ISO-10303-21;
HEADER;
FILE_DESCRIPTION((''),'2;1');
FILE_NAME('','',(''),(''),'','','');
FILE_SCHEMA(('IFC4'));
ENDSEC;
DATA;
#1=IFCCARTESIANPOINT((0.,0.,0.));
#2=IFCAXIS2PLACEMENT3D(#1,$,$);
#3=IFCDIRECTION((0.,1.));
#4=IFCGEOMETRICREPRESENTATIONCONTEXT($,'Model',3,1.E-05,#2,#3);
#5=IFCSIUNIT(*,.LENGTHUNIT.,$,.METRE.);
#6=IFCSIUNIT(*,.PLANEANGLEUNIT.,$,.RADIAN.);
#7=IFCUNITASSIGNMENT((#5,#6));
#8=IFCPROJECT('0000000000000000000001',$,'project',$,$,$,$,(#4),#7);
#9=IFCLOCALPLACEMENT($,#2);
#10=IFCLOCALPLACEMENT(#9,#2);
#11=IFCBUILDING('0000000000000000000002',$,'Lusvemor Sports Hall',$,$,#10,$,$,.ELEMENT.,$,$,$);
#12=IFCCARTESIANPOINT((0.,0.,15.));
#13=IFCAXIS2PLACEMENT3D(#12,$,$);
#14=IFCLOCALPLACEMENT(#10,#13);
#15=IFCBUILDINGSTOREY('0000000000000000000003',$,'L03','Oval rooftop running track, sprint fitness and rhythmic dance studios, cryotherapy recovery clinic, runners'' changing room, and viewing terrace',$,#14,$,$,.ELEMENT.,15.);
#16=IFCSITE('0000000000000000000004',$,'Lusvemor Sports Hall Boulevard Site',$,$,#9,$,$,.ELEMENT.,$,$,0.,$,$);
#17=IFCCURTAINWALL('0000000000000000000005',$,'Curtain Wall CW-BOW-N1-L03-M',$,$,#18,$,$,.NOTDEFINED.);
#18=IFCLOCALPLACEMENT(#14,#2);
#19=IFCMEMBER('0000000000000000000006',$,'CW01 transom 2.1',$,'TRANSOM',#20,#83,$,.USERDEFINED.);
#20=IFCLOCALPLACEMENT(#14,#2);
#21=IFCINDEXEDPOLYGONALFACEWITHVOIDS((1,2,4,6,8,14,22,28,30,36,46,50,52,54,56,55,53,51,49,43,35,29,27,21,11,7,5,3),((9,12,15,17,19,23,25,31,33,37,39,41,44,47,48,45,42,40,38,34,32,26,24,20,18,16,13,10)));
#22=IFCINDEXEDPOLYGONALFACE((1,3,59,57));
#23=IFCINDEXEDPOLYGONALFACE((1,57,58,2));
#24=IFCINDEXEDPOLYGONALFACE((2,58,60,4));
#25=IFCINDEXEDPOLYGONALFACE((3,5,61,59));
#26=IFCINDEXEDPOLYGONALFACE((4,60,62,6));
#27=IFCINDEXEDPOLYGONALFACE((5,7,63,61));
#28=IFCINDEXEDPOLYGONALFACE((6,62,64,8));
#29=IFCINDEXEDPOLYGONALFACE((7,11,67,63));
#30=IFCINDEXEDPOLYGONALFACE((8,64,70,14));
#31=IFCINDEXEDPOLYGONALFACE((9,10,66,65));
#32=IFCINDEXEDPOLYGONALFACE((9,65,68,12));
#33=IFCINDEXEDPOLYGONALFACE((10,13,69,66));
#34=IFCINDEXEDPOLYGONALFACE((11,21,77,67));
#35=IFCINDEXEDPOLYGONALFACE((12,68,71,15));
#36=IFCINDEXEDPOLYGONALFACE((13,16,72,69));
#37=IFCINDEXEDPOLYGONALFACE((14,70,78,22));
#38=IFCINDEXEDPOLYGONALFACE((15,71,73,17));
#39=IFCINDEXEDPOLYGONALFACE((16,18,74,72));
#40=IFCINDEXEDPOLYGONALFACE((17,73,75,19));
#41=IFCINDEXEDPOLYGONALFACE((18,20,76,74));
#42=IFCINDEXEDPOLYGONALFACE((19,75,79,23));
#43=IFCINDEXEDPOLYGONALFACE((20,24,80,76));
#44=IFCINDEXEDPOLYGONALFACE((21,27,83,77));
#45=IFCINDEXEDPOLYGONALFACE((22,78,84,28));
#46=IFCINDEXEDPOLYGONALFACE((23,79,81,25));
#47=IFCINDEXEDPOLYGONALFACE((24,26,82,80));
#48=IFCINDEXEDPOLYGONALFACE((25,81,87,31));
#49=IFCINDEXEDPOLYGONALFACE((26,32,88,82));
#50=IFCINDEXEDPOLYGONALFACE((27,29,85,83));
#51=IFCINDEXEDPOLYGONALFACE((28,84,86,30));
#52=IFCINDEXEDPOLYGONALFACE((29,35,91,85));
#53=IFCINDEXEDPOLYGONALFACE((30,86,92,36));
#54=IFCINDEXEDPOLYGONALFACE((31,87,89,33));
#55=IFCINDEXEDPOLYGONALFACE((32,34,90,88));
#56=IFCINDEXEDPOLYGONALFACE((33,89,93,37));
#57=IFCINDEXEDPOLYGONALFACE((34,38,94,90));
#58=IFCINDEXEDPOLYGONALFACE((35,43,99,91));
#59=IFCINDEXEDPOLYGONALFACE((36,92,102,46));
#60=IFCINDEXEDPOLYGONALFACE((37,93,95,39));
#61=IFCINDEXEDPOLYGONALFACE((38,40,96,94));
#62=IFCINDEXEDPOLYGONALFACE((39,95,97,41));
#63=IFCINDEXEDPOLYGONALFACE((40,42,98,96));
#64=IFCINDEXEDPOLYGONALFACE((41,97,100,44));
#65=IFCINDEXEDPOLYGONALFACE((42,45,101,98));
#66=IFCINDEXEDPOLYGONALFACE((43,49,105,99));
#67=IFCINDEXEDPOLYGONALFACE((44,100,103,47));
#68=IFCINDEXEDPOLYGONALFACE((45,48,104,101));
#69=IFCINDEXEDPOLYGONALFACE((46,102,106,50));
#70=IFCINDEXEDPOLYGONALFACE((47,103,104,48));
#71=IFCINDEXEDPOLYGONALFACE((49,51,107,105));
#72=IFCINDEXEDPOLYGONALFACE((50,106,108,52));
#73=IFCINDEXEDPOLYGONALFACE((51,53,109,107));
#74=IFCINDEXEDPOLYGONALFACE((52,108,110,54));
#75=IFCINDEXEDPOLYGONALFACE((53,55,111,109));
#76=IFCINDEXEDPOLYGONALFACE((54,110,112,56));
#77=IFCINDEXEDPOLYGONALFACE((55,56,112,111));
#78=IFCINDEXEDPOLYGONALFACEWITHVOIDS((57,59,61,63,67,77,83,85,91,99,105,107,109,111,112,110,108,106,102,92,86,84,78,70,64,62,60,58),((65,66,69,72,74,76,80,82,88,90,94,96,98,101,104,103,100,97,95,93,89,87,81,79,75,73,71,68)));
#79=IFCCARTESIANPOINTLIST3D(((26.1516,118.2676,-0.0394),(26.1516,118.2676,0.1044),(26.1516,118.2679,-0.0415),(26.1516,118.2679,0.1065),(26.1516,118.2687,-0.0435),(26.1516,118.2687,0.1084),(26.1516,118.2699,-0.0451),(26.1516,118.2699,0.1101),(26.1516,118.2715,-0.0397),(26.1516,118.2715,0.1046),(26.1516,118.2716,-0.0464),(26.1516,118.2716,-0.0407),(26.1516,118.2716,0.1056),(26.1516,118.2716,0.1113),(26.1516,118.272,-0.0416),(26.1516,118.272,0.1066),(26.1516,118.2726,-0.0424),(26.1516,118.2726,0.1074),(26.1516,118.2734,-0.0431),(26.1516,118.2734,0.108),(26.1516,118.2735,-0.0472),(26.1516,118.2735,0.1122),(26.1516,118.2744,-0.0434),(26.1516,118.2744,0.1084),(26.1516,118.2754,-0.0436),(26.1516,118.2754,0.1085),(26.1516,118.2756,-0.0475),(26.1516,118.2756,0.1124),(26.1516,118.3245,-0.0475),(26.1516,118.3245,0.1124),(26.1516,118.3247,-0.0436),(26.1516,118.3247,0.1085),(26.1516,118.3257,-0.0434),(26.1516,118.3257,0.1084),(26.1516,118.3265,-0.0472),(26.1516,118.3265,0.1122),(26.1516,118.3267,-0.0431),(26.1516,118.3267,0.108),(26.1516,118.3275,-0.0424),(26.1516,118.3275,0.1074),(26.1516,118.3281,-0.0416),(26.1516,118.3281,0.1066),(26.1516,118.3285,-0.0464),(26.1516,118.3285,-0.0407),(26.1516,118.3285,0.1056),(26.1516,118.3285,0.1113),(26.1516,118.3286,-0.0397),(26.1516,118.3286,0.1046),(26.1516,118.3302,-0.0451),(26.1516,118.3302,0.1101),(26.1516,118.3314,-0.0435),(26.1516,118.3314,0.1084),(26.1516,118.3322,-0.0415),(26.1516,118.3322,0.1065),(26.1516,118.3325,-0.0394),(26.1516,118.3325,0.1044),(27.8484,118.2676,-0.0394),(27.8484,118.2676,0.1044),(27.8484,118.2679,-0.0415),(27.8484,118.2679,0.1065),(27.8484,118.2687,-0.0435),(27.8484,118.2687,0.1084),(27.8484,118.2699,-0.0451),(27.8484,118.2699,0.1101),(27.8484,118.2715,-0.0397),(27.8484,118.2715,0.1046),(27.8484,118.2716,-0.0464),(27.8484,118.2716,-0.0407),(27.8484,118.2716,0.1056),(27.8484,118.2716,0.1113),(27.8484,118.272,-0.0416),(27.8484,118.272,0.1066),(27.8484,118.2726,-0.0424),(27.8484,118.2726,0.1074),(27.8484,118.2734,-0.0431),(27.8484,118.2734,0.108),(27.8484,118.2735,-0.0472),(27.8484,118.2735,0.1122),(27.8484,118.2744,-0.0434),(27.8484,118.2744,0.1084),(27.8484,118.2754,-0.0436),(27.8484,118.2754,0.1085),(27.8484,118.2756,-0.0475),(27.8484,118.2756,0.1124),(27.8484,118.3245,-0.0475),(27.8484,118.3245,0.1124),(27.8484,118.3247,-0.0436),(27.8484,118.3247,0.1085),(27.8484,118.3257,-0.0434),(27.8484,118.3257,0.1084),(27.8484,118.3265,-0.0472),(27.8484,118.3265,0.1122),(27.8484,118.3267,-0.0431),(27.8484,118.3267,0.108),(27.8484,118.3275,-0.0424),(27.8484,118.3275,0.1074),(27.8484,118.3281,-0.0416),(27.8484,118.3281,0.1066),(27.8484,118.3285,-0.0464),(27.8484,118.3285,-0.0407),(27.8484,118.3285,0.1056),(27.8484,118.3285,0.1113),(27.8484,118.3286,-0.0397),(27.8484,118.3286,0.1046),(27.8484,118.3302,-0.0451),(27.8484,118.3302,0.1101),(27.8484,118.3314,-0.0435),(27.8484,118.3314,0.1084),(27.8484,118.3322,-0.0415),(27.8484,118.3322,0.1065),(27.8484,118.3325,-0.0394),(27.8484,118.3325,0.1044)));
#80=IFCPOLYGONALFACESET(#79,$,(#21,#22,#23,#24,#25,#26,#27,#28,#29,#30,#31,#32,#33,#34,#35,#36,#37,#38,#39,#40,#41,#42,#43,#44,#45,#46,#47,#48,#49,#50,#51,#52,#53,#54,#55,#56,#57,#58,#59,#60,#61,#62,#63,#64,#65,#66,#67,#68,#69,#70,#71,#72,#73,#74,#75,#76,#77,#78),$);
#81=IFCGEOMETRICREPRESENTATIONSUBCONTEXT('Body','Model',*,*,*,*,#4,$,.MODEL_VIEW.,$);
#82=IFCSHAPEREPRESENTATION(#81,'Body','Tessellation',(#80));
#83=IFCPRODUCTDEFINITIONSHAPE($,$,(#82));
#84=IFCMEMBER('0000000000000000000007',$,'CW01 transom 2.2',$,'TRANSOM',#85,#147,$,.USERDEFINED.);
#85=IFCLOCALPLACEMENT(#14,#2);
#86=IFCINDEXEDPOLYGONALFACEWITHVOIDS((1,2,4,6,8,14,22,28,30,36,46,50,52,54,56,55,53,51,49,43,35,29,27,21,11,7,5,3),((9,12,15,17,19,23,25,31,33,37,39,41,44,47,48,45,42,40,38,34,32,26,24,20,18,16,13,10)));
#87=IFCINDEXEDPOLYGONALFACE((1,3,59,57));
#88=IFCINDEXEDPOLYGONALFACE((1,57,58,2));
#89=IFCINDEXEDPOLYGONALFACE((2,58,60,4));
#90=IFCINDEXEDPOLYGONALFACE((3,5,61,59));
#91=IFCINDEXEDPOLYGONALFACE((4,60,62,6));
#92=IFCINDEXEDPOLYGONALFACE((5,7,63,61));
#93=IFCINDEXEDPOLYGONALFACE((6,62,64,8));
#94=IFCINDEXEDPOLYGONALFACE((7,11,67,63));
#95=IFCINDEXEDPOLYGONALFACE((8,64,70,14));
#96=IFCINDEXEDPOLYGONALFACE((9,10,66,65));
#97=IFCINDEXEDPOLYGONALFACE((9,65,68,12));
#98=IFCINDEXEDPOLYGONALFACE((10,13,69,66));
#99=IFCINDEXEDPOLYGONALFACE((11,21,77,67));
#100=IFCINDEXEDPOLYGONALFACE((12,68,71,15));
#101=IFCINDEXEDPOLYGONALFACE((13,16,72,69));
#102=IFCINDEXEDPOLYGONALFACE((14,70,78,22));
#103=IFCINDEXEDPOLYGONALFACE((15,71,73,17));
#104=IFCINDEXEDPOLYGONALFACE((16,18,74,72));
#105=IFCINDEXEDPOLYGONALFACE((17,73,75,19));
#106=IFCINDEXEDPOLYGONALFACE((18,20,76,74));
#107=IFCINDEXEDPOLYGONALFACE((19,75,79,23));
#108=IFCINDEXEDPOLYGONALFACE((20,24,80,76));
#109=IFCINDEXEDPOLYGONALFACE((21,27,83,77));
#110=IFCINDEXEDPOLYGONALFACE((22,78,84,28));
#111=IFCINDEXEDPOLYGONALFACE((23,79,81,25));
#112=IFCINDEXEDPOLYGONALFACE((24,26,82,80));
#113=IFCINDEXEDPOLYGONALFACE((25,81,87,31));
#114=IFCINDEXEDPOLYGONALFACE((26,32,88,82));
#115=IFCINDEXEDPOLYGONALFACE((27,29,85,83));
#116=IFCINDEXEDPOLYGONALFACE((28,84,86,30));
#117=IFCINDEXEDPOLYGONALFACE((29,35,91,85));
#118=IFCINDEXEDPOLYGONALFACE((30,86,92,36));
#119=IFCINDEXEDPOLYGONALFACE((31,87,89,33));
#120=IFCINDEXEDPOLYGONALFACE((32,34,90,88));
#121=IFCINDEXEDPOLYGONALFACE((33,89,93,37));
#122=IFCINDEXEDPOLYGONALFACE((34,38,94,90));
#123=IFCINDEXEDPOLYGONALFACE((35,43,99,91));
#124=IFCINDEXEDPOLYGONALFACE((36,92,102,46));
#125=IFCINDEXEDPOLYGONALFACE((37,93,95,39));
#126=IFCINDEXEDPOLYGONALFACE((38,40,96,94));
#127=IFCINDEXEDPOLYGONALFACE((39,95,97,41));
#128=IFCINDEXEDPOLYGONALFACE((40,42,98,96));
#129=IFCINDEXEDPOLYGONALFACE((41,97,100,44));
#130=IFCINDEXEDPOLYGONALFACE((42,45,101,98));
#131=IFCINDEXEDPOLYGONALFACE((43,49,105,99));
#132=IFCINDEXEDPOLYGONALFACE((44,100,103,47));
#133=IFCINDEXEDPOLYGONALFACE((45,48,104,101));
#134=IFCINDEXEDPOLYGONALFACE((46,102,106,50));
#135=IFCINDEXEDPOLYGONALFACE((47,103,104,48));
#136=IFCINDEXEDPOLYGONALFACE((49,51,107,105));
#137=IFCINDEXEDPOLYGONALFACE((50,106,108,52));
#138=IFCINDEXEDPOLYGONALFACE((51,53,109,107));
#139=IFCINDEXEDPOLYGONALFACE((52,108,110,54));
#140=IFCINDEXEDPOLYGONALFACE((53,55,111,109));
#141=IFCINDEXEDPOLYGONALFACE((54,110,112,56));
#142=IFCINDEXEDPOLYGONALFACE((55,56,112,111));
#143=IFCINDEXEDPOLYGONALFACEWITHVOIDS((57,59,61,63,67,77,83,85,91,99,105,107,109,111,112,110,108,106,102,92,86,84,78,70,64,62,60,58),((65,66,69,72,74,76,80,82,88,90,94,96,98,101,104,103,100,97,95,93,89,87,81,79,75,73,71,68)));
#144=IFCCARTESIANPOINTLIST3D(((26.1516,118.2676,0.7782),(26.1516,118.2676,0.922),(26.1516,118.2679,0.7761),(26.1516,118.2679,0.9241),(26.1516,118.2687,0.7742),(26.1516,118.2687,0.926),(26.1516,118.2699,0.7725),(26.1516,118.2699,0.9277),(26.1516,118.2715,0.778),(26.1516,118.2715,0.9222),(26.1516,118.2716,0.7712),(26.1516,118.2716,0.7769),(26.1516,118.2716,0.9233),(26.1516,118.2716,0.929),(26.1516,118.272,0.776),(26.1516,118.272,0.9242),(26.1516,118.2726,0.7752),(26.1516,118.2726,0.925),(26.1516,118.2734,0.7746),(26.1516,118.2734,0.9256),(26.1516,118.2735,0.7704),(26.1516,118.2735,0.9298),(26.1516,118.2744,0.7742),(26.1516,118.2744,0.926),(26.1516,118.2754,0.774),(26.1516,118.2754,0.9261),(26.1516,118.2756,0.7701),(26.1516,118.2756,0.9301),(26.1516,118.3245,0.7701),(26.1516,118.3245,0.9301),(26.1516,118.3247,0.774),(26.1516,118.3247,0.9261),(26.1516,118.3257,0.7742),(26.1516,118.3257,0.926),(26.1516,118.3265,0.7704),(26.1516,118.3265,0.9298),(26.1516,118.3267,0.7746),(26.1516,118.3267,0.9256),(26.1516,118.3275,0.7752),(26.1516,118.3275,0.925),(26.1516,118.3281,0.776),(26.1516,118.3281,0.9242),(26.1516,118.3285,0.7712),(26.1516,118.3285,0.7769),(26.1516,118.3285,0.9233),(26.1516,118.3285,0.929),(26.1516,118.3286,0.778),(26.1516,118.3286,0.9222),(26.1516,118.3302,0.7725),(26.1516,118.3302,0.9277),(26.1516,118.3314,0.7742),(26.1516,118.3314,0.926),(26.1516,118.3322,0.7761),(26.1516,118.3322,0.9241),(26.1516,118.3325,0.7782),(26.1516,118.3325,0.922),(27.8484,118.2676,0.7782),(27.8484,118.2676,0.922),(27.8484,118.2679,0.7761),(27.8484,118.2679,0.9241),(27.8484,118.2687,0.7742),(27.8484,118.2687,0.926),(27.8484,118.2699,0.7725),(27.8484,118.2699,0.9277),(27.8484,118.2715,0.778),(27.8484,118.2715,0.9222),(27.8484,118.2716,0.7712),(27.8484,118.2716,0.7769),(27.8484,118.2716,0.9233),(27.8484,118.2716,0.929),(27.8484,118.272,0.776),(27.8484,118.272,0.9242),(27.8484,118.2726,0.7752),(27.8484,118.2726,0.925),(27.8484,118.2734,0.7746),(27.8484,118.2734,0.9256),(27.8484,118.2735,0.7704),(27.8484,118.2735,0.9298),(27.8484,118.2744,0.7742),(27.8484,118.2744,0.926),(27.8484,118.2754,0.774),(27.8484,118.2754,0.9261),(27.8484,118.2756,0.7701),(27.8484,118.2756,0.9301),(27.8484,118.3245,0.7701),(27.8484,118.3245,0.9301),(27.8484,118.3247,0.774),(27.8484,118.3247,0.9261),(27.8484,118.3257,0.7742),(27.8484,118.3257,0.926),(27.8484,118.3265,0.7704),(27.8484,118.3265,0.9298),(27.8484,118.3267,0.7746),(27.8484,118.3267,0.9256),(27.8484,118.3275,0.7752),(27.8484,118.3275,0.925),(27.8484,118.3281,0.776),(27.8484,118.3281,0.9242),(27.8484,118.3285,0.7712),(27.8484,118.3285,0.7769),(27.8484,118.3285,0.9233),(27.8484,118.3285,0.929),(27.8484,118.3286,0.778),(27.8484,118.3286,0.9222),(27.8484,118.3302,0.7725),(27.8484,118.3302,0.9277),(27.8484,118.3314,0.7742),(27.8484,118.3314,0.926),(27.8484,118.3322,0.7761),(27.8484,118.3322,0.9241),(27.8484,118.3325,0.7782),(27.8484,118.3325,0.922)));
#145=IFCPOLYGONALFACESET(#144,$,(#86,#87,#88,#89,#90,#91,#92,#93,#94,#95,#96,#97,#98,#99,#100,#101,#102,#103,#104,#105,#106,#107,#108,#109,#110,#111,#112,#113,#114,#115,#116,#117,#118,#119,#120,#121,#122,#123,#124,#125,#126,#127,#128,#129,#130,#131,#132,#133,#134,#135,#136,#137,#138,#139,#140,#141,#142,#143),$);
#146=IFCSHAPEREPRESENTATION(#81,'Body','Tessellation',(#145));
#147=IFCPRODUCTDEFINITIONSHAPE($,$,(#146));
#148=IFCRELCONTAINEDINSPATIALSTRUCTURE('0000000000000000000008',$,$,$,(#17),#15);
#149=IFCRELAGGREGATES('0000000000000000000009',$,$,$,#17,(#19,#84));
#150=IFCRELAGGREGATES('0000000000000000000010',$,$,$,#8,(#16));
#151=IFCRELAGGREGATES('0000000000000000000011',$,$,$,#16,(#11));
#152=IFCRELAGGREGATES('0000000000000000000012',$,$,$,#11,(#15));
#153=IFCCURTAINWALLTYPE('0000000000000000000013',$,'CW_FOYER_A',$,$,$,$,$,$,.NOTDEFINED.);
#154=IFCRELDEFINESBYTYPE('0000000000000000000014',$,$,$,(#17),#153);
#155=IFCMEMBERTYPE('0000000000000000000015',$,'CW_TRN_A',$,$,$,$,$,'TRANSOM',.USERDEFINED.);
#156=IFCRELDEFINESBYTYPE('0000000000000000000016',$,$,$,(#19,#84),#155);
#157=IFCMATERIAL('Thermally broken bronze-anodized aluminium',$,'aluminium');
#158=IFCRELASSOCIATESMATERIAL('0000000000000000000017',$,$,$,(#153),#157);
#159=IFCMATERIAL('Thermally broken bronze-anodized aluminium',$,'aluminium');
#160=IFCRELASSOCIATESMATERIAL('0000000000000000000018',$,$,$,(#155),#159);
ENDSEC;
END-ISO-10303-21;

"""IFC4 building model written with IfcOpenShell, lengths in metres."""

from ifc_helpers import new_model, si_unit, direction, frame, origin, origin_2d, place, context, subcontext, project, spatial, hollow_rectangle, extrude, material, material_profile, profile_set, type_object, element, aggregate, save


model = new_model("IFC4")

# Units and contexts
model_context = context("Model", 3, precision=1e-05, world=origin(), true_north=direction((0.0, 1.0)))
body_context = subcontext(model_context, "Body", "Model", "MODEL_VIEW")
ifc_project = project(units=[si_unit("LENGTHUNIT", "METRE"), si_unit("PLANEANGLEUNIT", "RADIAN")], contexts=[model_context])

# Site, building, storey
site_placement = place(None, origin())
site = spatial("IfcSite", under=ifc_project, at=site_placement, Name="Lusvemor Sports Hall Boulevard Site", CompositionType="ELEMENT", RefElevation=0.0)
building_placement = place(site_placement, origin())
building = spatial("IfcBuilding", under=site, at=building_placement, Name="Lusvemor Sports Hall", CompositionType="ELEMENT")
storey_placement = place(building_placement, frame((0.0, 0.0, 15.0)))
storey = spatial("IfcBuildingStorey", under=building, at=storey_placement, Name="L03", Description="Oval rooftop running track, sprint fitness and rhythmic dance studios, cryotherapy recovery clinic, runners' changing room, and viewing terrace", CompositionType="ELEMENT", Elevation=15.0)

# Curtain wall, members
ifc_material_1 = material(Name="Thermally broken bronze-anodized aluminium", Category="aluminium")
curtain_wall_type = type_object("IfcCurtainWallType", Name="CW_FOYER_A", PredefinedType="NOTDEFINED", material=ifc_material_1)
curtain_wall_placement = place(storey_placement, origin())
curtain_wall = element("IfcCurtainWall", 1, at=curtain_wall_placement, inside=storey, type_object=curtain_wall_type, Name="Curtain Wall CW-BOW-N1-L03-M", PredefinedType="NOTDEFINED")
ifc_material_2 = material(Name="Thermally broken bronze-anodized aluminium", Category="aluminium")
ifc_material_profile_1 = material_profile(ifc_material_2, hollow_rectangle(XDim=0.0649, YDim=0.1599, WallThickness=0.0039, InnerFilletRadius=0.0039, OuterFilletRadius=0.0081, at=origin_2d()), Name="CWTRN160x65x4")
ifc_profile_set_1 = profile_set([ifc_material_profile_1], Name="Thermally broken bronze-anodized aluminium")
member_type_1 = type_object("IfcMemberType", Name="CW_TRN_A", ElementType="TRANSOM", PredefinedType="USERDEFINED", material=ifc_profile_set_1)
member_1_placement = place(storey_placement, frame((26.1516, 118.3, 0.0325), z_axis=(1.0, 0.0, 0.0), x_axis=(0.0, 1.0, 0.0)))
member_1 = element("IfcMember", 2, at=member_1_placement, type_object=member_type_1, Name="CW01 transom 2.1", ObjectType="TRANSOM", PredefinedType="USERDEFINED", context=body_context, shape_type="SweptSolid", body=[
    extrude(hollow_rectangle(XDim=0.0649, YDim=0.1599, WallThickness=0.0039, InnerFilletRadius=0.0039, OuterFilletRadius=0.0081, at=origin_2d()), origin(), (0.0, 0.0, 1.0), 1.6968),
])
member_2_placement = place(storey_placement, frame((26.1516, 118.3, 0.8501), z_axis=(1.0, 0.0, 0.0), x_axis=(0.0, 1.0, 0.0)))
member_2 = element("IfcMember", 3, at=member_2_placement, type_object=member_type_1, Name="CW01 transom 2.2", ObjectType="TRANSOM", PredefinedType="USERDEFINED", context=body_context, shape_type="SweptSolid", body=[
    extrude(hollow_rectangle(XDim=0.0649, YDim=0.1599, WallThickness=0.0039, InnerFilletRadius=0.0039, OuterFilletRadius=0.0081, at=origin_2d()), origin(), (0.0, 0.0, 1.0), 1.6968),
])

aggregate(curtain_wall, [member_1, member_2])

save(model, "model.ifc")
